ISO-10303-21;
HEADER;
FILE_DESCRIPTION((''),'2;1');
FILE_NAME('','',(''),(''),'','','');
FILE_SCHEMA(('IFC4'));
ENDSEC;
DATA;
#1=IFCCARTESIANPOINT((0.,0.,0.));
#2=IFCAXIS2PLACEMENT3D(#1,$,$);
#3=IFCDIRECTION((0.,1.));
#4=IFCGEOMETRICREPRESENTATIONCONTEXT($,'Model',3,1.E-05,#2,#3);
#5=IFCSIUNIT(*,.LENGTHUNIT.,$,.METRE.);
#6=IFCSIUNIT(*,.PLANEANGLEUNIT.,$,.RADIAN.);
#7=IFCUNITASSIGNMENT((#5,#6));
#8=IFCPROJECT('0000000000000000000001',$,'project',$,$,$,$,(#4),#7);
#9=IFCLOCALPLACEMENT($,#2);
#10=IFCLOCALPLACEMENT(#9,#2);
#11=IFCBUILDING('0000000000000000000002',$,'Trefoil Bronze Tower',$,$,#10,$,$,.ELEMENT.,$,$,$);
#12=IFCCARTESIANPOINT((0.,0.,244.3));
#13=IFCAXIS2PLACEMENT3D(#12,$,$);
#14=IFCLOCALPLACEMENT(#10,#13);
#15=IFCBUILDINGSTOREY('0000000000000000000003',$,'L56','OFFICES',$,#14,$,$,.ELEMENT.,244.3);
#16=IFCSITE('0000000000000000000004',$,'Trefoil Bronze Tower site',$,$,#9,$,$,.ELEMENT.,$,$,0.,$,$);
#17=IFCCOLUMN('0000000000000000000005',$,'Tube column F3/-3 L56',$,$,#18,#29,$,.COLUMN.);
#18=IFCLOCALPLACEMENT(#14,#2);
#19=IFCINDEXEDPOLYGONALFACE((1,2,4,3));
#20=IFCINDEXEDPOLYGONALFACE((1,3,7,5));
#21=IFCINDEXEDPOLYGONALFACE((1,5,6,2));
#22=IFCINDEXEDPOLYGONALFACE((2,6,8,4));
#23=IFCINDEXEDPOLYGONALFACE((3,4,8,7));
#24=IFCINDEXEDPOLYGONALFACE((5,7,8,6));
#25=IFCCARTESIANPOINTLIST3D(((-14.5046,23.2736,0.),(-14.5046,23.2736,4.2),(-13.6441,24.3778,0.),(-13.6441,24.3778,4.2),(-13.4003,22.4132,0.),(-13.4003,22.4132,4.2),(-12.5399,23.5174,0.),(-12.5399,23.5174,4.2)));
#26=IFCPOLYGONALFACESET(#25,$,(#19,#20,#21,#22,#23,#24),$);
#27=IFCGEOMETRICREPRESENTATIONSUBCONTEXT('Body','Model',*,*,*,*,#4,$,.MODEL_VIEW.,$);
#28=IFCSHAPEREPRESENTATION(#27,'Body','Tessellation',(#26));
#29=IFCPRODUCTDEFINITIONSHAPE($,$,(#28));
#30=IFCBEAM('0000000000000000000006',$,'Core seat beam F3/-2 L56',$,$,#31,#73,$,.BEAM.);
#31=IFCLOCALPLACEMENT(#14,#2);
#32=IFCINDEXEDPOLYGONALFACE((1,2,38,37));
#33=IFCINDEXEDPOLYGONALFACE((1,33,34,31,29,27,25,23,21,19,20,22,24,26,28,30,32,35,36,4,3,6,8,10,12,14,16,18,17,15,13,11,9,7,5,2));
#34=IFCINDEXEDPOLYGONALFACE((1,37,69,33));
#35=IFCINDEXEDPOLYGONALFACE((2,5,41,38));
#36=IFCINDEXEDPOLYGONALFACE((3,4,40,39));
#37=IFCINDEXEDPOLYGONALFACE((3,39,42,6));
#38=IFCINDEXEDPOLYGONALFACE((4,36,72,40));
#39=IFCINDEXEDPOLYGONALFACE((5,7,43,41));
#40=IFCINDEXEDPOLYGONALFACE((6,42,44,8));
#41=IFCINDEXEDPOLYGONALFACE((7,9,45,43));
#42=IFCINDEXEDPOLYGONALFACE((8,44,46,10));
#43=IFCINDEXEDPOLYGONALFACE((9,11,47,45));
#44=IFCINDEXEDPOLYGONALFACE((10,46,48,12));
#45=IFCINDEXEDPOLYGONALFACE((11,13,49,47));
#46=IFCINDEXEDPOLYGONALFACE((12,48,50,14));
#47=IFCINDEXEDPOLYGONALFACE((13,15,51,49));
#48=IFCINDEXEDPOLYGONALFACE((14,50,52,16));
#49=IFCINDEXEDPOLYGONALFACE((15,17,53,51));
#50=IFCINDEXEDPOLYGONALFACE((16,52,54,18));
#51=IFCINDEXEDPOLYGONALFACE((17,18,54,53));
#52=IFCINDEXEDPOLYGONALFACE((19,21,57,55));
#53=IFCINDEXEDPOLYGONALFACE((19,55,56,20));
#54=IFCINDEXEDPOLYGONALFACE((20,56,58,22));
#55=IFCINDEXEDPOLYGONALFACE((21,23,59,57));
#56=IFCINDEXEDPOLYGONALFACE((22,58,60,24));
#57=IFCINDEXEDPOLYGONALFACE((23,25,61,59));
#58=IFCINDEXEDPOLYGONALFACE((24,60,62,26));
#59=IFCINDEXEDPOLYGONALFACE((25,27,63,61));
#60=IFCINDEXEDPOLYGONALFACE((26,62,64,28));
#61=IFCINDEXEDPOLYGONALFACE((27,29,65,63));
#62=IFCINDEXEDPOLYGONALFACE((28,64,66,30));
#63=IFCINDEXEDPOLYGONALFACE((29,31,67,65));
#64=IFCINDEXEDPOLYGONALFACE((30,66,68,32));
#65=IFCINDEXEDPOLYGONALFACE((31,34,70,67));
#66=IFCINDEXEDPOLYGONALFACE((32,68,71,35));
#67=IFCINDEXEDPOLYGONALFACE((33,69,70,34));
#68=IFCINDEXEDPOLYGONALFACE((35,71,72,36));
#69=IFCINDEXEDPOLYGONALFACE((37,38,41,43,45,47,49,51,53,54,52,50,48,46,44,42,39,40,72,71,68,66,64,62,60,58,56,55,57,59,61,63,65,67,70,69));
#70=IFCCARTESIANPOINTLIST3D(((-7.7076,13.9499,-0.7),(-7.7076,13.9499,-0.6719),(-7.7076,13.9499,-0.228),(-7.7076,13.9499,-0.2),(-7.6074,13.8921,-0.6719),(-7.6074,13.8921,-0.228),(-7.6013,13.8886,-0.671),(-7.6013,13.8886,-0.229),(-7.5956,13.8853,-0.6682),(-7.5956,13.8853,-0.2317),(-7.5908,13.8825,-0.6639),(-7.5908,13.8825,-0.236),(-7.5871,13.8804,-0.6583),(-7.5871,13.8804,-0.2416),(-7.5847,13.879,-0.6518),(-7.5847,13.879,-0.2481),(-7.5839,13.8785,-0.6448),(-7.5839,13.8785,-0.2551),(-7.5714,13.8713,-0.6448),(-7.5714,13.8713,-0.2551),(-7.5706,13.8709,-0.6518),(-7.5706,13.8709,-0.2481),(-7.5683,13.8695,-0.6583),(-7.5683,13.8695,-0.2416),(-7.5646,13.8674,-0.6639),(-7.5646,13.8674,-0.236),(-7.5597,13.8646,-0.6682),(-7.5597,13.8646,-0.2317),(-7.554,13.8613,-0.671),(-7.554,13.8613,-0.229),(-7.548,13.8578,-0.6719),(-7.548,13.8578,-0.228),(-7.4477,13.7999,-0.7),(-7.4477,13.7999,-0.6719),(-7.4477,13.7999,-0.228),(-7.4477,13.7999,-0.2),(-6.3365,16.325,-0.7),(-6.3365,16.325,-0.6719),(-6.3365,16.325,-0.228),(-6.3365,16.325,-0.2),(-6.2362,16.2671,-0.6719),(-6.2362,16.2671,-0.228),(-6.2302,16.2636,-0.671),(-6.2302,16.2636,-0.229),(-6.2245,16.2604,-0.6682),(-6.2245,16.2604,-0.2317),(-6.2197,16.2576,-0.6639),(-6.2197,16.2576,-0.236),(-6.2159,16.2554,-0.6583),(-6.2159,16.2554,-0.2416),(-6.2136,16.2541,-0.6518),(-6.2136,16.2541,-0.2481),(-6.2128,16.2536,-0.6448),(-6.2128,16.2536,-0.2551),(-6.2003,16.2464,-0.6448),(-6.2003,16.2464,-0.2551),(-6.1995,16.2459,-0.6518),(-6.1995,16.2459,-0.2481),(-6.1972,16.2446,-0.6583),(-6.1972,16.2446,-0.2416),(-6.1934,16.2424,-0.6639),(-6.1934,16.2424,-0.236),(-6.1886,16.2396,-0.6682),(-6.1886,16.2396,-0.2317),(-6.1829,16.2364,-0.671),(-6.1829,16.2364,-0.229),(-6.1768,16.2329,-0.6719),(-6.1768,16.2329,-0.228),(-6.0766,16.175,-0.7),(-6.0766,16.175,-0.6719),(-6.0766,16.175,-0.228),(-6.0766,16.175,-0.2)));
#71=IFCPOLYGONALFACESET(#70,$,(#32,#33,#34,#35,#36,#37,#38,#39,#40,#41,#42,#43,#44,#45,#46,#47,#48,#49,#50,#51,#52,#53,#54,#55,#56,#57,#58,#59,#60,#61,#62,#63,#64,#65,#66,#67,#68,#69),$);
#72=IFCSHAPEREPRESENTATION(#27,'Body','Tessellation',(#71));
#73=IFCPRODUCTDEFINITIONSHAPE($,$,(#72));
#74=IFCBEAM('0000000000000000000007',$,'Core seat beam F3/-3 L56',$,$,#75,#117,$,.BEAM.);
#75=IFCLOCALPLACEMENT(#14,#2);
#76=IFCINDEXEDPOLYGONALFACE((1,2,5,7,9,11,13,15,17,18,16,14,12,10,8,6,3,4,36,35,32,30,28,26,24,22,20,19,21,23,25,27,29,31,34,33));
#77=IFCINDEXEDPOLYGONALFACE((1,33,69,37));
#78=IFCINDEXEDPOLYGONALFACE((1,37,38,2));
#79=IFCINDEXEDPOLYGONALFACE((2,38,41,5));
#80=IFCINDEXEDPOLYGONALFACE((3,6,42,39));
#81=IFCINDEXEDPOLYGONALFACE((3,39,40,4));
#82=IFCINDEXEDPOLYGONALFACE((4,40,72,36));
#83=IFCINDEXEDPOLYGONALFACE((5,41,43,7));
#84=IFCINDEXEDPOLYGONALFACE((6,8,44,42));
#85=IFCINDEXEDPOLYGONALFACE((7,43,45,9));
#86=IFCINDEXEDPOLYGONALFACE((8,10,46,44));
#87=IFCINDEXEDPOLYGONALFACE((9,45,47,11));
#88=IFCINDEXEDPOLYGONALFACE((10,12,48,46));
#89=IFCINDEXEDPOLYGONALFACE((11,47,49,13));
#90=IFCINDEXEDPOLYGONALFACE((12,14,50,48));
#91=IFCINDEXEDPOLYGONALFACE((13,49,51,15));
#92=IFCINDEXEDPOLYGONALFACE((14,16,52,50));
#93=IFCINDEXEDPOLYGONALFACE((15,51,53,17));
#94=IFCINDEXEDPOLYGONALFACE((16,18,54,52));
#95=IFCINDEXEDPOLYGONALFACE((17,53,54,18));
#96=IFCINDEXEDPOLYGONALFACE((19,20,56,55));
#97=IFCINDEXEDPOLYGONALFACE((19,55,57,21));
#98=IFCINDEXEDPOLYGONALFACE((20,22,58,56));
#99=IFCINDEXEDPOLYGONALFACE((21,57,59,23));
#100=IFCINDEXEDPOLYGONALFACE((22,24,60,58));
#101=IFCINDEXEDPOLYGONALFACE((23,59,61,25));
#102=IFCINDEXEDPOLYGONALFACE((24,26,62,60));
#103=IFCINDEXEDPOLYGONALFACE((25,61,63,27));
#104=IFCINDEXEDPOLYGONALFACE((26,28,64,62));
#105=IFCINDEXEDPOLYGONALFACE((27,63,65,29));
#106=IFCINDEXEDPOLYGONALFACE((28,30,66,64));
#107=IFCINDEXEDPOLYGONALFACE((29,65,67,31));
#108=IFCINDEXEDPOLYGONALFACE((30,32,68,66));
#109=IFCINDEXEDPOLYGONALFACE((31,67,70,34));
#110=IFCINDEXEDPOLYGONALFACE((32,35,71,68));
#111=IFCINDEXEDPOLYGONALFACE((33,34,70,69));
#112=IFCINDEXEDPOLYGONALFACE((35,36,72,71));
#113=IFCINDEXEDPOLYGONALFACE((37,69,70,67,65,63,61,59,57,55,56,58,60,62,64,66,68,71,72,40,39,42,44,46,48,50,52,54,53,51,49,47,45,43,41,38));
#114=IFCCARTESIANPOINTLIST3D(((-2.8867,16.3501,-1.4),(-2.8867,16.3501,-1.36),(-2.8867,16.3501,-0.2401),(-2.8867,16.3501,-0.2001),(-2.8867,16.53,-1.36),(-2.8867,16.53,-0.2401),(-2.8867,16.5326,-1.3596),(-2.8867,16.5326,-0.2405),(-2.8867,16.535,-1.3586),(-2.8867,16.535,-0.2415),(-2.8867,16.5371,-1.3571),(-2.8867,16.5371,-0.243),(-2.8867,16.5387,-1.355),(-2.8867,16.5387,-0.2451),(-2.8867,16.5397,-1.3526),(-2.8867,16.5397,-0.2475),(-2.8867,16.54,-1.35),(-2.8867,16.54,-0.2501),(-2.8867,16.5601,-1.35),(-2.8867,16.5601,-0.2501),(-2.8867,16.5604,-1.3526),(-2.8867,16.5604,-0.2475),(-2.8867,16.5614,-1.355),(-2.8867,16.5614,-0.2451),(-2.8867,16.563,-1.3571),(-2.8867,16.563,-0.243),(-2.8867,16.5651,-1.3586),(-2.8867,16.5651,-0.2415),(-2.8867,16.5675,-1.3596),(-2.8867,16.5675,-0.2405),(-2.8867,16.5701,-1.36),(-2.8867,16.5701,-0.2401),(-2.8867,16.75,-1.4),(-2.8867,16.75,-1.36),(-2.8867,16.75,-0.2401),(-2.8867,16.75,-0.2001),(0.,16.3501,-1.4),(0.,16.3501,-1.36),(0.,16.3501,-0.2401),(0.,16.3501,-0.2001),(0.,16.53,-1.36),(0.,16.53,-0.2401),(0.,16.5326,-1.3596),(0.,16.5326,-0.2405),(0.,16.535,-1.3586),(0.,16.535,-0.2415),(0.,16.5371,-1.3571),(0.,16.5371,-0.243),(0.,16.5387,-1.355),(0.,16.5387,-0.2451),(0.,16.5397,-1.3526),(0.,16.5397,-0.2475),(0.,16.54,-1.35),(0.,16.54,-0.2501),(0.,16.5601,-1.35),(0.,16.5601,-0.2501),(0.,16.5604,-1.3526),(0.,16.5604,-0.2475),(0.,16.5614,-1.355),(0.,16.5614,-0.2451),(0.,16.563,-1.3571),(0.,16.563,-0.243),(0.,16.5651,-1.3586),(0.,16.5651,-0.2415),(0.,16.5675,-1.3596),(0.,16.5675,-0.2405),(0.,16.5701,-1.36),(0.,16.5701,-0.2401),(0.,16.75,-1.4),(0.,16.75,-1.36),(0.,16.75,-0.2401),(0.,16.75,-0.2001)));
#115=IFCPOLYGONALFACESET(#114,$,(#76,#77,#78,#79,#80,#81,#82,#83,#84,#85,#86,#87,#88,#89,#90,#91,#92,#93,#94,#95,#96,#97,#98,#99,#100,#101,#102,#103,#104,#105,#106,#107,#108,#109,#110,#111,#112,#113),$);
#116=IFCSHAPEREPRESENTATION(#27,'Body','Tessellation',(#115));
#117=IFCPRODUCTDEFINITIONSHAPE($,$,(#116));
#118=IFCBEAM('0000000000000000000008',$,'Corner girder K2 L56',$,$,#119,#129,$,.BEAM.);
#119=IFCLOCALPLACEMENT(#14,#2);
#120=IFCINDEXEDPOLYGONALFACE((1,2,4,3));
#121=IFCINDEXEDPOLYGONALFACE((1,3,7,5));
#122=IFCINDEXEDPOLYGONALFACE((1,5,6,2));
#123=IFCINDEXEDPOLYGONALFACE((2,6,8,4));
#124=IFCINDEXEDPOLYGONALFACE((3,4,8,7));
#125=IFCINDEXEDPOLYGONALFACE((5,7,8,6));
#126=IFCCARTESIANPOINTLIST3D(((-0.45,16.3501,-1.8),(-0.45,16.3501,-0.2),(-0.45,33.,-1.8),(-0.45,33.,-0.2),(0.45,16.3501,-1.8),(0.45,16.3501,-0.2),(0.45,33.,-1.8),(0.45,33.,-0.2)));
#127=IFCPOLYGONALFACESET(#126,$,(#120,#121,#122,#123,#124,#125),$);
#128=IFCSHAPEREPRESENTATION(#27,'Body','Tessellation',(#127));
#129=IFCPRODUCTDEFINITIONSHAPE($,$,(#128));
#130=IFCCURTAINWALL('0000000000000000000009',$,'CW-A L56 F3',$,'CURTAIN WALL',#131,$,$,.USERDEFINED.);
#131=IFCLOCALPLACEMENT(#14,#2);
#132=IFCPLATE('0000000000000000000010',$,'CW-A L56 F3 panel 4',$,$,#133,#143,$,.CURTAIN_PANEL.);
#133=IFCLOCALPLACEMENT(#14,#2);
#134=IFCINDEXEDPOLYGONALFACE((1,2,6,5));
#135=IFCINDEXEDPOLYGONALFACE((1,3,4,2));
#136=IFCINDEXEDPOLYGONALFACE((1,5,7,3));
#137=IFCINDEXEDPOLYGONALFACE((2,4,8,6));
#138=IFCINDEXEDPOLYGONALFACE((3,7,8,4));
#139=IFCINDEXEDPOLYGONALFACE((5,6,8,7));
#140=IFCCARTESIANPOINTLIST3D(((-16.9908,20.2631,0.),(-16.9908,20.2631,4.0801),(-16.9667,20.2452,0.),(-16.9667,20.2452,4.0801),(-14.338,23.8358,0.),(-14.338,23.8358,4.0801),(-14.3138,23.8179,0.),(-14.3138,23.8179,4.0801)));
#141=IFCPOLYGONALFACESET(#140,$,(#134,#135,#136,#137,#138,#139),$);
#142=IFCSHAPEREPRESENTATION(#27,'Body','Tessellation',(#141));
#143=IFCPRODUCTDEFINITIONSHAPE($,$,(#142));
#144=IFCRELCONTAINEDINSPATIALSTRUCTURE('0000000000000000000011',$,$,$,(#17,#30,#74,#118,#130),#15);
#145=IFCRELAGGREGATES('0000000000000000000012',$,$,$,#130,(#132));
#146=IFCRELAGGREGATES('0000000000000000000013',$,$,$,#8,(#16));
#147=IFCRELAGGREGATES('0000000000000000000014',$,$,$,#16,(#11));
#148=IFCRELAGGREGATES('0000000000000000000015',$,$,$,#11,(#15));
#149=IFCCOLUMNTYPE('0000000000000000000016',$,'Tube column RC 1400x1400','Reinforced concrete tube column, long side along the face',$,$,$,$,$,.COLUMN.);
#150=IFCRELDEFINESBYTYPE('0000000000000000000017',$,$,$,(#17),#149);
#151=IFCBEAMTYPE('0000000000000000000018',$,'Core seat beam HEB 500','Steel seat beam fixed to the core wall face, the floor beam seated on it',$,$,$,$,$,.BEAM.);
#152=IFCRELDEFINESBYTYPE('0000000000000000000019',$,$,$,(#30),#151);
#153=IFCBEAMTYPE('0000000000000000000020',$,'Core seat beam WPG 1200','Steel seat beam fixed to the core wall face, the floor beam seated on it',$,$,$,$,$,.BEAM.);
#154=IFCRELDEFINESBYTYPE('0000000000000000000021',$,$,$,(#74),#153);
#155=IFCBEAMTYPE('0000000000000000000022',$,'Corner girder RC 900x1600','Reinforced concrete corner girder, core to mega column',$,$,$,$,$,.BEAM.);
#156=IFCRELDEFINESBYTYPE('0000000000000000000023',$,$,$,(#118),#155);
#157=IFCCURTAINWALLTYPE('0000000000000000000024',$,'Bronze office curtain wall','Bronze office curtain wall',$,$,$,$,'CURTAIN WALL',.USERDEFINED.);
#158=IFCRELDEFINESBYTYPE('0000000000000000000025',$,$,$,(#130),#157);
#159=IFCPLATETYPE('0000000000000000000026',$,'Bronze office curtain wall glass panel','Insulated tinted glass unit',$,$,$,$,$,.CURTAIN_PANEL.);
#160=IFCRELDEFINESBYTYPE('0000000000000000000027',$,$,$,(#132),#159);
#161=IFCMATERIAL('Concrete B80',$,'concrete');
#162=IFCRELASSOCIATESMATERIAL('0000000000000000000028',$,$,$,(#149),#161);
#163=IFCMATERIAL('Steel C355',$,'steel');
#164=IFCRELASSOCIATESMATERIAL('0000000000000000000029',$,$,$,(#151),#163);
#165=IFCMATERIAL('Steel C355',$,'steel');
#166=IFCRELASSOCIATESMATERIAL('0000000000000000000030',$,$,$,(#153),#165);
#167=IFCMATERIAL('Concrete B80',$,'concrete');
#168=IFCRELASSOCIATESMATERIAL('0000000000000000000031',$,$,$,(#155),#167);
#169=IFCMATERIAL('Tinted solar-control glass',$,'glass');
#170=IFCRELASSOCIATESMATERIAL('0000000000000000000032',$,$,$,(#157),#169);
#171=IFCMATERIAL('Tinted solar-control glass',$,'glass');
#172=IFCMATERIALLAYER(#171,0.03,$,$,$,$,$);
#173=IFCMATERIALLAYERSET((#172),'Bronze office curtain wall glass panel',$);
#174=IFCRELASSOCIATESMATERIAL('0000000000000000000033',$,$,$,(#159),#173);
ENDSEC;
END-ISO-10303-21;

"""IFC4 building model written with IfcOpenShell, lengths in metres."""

from ifc_helpers import new_model, si_unit, direction, frame, origin, origin_2d, place, context, subcontext, project, spatial, rectangle, i_section, extrude, material, layer, layer_set, material_profile, profile_set, type_object, element, aggregate, save


model = new_model("IFC4")

# Units and contexts
model_context = context("Model", 3, precision=1e-05, world=origin(), true_north=direction((0.0, 1.0)))
body_context = subcontext(model_context, "Body", "Model", "MODEL_VIEW")
ifc_project = project(units=[si_unit("LENGTHUNIT", "METRE"), si_unit("PLANEANGLEUNIT", "RADIAN")], contexts=[model_context])

# Site, building, storey
site_placement = place(None, origin())
site = spatial("IfcSite", under=ifc_project, at=site_placement, Name="Trefoil Bronze Tower site", CompositionType="ELEMENT", RefElevation=0.0)
building_placement = place(site_placement, origin())
building = spatial("IfcBuilding", under=site, at=building_placement, Name="Trefoil Bronze Tower", CompositionType="ELEMENT")
storey_placement = place(building_placement, frame((0.0, 0.0, 244.3)))
storey = spatial("IfcBuildingStorey", under=building, at=storey_placement, Name="L56", Description="OFFICES", CompositionType="ELEMENT", Elevation=244.3)

# Column
ifc_material_1 = material(Name="Concrete B80", Category="concrete")
ifc_material_profile_1 = material_profile(ifc_material_1, rectangle(XDim=1.3999, YDim=1.3999, at=origin_2d()), Name="RC 1400x1400")
ifc_profile_set_1 = profile_set([ifc_material_profile_1], Name="Concrete B80")
column_type = type_object("IfcColumnType", Name="Tube column RC 1400x1400", Description="Reinforced concrete tube column, long side along the face", PredefinedType="COLUMN", material=ifc_profile_set_1)
column_placement = place(storey_placement, frame((-13.5222, 23.3955, 0.0), z_axis=(0.0, 0.0, 1.0), x_axis=(-0.614622, -0.788821, 0.0)))
element("IfcColumn", 1, at=column_placement, inside=storey, type_object=column_type, Name="Tube column F3/-3 L56", PredefinedType="COLUMN", context=body_context, shape_type="SweptSolid", body=[
    extrude(rectangle(XDim=1.3999, YDim=1.3999, at=origin_2d()), origin(), (0.0, 0.0, 1.0), 4.2),
])

# Beams
ifc_material_2 = material(Name="Steel C355", Category="steel")
ifc_material_profile_2 = material_profile(ifc_material_2, i_section(OverallWidth=0.3, OverallDepth=0.5, WebThickness=0.0144, FlangeThickness=0.0281, FilletRadius=0.0271, at=origin_2d()), Name="HEB 500")
ifc_profile_set_2 = profile_set([ifc_material_profile_2], Name="Steel C355")
beam_type_1 = type_object("IfcBeamType", Name="Core seat beam HEB 500", Description="Steel seat beam fixed to the core wall face, the floor beam seated on it", PredefinedType="BEAM", material=ifc_profile_set_2)
beam_1_placement = place(storey_placement, frame((-6.2065, 16.25, -0.45), z_axis=(-0.499969, -0.866043, 0.0), x_axis=(0.866043, -0.499969, 0.0)))
element("IfcBeam", 2, at=beam_1_placement, inside=storey, type_object=beam_type_1, Name="Core seat beam F3/-2 L56", PredefinedType="BEAM", context=body_context, shape_type="SweptSolid", body=[
    extrude(i_section(OverallWidth=0.3, OverallDepth=0.5, WebThickness=0.0144, FlangeThickness=0.0281, FilletRadius=0.0271, at=origin_2d()), origin(), (0.0, 0.0, 1.0), 2.7424),
])
ifc_material_3 = material(Name="Steel C355", Category="steel")
ifc_material_profile_3 = material_profile(ifc_material_3, i_section(OverallWidth=0.3999, OverallDepth=1.2, WebThickness=0.02, FlangeThickness=0.04, FilletRadius=0.01, at=origin_2d()), Name="WPG 1200")
ifc_profile_set_3 = profile_set([ifc_material_profile_3], Name="Steel C355")
beam_type_2 = type_object("IfcBeamType", Name="Core seat beam WPG 1200", Description="Steel seat beam fixed to the core wall face, the floor beam seated on it", PredefinedType="BEAM", material=ifc_profile_set_3)
beam_2_placement = place(storey_placement, frame((0.0, 16.55, -0.8), z_axis=(-1.0, 0.0, 0.0), x_axis=(0.0, -1.0, 0.0)))
element("IfcBeam", 3, at=beam_2_placement, inside=storey, type_object=beam_type_2, Name="Core seat beam F3/-3 L56", PredefinedType="BEAM", context=body_context, shape_type="SweptSolid", body=[
    extrude(i_section(OverallWidth=0.3999, OverallDepth=1.2, WebThickness=0.02, FlangeThickness=0.04, FilletRadius=0.01, at=origin_2d()), origin(), (0.0, 0.0, 1.0), 2.8867),
])
ifc_material_4 = material(Name="Concrete B80", Category="concrete")
ifc_material_profile_4 = material_profile(ifc_material_4, rectangle(XDim=0.8999, YDim=1.6001, at=origin_2d()), Name="RC 900x1600")
ifc_profile_set_4 = profile_set([ifc_material_profile_4], Name="Concrete B80")
beam_type_3 = type_object("IfcBeamType", Name="Corner girder RC 900x1600", Description="Reinforced concrete corner girder, core to mega column", PredefinedType="BEAM", material=ifc_profile_set_4)
beam_3_placement = place(storey_placement, frame((0.0, 16.3501, -1.0), z_axis=(0.0, 1.0, 0.0), x_axis=(-1.0, 0.0, 0.0)))
element("IfcBeam", 4, at=beam_3_placement, inside=storey, type_object=beam_type_3, Name="Corner girder K2 L56", PredefinedType="BEAM", context=body_context, shape_type="SweptSolid", body=[
    extrude(rectangle(XDim=0.8999, YDim=1.6001, at=origin_2d()), origin(), (0.0, 0.0, 1.0), 16.6499),
])

# Curtain wall, plate
ifc_material_5 = material(Name="Tinted solar-control glass", Category="glass")
curtain_wall_type = type_object("IfcCurtainWallType", Name="Bronze office curtain wall", Description="Bronze office curtain wall", ElementType="CURTAIN WALL", PredefinedType="USERDEFINED", material=ifc_material_5)
curtain_wall_placement = place(storey_placement, origin())
curtain_wall = element("IfcCurtainWall", 5, at=curtain_wall_placement, inside=storey, type_object=curtain_wall_type, Name="CW-A L56 F3", ObjectType="CURTAIN WALL", PredefinedType="USERDEFINED")
ifc_material_6 = material(Name="Tinted solar-control glass", Category="glass")
ifc_layer_1 = layer(ifc_material_6, 0.03)
ifc_layer_set_1 = layer_set([ifc_layer_1], Name="Bronze office curtain wall glass panel")
plate_type = type_object("IfcPlateType", Name="Bronze office curtain wall glass panel", Description="Insulated tinted glass unit", PredefinedType="CURTAIN_PANEL", material=ifc_layer_set_1)
plate_placement = place(storey_placement, frame((-15.6523, 22.0405, 0.0), z_axis=(0.0, 0.0, 1.0), x_axis=(-0.596162, -0.802865, 0.0)))
plate = element("IfcPlate", 6, at=plate_placement, type_object=plate_type, Name="CW-A L56 F3 panel 4", PredefinedType="CURTAIN_PANEL", context=body_context, shape_type="SweptSolid", body=[
    extrude(rectangle(XDim=4.45, YDim=0.03, at=origin_2d()), origin(), (0.0, 0.0, 1.0), 4.0801),
])
aggregate(curtain_wall, [plate])

save(model, "model.ifc")
